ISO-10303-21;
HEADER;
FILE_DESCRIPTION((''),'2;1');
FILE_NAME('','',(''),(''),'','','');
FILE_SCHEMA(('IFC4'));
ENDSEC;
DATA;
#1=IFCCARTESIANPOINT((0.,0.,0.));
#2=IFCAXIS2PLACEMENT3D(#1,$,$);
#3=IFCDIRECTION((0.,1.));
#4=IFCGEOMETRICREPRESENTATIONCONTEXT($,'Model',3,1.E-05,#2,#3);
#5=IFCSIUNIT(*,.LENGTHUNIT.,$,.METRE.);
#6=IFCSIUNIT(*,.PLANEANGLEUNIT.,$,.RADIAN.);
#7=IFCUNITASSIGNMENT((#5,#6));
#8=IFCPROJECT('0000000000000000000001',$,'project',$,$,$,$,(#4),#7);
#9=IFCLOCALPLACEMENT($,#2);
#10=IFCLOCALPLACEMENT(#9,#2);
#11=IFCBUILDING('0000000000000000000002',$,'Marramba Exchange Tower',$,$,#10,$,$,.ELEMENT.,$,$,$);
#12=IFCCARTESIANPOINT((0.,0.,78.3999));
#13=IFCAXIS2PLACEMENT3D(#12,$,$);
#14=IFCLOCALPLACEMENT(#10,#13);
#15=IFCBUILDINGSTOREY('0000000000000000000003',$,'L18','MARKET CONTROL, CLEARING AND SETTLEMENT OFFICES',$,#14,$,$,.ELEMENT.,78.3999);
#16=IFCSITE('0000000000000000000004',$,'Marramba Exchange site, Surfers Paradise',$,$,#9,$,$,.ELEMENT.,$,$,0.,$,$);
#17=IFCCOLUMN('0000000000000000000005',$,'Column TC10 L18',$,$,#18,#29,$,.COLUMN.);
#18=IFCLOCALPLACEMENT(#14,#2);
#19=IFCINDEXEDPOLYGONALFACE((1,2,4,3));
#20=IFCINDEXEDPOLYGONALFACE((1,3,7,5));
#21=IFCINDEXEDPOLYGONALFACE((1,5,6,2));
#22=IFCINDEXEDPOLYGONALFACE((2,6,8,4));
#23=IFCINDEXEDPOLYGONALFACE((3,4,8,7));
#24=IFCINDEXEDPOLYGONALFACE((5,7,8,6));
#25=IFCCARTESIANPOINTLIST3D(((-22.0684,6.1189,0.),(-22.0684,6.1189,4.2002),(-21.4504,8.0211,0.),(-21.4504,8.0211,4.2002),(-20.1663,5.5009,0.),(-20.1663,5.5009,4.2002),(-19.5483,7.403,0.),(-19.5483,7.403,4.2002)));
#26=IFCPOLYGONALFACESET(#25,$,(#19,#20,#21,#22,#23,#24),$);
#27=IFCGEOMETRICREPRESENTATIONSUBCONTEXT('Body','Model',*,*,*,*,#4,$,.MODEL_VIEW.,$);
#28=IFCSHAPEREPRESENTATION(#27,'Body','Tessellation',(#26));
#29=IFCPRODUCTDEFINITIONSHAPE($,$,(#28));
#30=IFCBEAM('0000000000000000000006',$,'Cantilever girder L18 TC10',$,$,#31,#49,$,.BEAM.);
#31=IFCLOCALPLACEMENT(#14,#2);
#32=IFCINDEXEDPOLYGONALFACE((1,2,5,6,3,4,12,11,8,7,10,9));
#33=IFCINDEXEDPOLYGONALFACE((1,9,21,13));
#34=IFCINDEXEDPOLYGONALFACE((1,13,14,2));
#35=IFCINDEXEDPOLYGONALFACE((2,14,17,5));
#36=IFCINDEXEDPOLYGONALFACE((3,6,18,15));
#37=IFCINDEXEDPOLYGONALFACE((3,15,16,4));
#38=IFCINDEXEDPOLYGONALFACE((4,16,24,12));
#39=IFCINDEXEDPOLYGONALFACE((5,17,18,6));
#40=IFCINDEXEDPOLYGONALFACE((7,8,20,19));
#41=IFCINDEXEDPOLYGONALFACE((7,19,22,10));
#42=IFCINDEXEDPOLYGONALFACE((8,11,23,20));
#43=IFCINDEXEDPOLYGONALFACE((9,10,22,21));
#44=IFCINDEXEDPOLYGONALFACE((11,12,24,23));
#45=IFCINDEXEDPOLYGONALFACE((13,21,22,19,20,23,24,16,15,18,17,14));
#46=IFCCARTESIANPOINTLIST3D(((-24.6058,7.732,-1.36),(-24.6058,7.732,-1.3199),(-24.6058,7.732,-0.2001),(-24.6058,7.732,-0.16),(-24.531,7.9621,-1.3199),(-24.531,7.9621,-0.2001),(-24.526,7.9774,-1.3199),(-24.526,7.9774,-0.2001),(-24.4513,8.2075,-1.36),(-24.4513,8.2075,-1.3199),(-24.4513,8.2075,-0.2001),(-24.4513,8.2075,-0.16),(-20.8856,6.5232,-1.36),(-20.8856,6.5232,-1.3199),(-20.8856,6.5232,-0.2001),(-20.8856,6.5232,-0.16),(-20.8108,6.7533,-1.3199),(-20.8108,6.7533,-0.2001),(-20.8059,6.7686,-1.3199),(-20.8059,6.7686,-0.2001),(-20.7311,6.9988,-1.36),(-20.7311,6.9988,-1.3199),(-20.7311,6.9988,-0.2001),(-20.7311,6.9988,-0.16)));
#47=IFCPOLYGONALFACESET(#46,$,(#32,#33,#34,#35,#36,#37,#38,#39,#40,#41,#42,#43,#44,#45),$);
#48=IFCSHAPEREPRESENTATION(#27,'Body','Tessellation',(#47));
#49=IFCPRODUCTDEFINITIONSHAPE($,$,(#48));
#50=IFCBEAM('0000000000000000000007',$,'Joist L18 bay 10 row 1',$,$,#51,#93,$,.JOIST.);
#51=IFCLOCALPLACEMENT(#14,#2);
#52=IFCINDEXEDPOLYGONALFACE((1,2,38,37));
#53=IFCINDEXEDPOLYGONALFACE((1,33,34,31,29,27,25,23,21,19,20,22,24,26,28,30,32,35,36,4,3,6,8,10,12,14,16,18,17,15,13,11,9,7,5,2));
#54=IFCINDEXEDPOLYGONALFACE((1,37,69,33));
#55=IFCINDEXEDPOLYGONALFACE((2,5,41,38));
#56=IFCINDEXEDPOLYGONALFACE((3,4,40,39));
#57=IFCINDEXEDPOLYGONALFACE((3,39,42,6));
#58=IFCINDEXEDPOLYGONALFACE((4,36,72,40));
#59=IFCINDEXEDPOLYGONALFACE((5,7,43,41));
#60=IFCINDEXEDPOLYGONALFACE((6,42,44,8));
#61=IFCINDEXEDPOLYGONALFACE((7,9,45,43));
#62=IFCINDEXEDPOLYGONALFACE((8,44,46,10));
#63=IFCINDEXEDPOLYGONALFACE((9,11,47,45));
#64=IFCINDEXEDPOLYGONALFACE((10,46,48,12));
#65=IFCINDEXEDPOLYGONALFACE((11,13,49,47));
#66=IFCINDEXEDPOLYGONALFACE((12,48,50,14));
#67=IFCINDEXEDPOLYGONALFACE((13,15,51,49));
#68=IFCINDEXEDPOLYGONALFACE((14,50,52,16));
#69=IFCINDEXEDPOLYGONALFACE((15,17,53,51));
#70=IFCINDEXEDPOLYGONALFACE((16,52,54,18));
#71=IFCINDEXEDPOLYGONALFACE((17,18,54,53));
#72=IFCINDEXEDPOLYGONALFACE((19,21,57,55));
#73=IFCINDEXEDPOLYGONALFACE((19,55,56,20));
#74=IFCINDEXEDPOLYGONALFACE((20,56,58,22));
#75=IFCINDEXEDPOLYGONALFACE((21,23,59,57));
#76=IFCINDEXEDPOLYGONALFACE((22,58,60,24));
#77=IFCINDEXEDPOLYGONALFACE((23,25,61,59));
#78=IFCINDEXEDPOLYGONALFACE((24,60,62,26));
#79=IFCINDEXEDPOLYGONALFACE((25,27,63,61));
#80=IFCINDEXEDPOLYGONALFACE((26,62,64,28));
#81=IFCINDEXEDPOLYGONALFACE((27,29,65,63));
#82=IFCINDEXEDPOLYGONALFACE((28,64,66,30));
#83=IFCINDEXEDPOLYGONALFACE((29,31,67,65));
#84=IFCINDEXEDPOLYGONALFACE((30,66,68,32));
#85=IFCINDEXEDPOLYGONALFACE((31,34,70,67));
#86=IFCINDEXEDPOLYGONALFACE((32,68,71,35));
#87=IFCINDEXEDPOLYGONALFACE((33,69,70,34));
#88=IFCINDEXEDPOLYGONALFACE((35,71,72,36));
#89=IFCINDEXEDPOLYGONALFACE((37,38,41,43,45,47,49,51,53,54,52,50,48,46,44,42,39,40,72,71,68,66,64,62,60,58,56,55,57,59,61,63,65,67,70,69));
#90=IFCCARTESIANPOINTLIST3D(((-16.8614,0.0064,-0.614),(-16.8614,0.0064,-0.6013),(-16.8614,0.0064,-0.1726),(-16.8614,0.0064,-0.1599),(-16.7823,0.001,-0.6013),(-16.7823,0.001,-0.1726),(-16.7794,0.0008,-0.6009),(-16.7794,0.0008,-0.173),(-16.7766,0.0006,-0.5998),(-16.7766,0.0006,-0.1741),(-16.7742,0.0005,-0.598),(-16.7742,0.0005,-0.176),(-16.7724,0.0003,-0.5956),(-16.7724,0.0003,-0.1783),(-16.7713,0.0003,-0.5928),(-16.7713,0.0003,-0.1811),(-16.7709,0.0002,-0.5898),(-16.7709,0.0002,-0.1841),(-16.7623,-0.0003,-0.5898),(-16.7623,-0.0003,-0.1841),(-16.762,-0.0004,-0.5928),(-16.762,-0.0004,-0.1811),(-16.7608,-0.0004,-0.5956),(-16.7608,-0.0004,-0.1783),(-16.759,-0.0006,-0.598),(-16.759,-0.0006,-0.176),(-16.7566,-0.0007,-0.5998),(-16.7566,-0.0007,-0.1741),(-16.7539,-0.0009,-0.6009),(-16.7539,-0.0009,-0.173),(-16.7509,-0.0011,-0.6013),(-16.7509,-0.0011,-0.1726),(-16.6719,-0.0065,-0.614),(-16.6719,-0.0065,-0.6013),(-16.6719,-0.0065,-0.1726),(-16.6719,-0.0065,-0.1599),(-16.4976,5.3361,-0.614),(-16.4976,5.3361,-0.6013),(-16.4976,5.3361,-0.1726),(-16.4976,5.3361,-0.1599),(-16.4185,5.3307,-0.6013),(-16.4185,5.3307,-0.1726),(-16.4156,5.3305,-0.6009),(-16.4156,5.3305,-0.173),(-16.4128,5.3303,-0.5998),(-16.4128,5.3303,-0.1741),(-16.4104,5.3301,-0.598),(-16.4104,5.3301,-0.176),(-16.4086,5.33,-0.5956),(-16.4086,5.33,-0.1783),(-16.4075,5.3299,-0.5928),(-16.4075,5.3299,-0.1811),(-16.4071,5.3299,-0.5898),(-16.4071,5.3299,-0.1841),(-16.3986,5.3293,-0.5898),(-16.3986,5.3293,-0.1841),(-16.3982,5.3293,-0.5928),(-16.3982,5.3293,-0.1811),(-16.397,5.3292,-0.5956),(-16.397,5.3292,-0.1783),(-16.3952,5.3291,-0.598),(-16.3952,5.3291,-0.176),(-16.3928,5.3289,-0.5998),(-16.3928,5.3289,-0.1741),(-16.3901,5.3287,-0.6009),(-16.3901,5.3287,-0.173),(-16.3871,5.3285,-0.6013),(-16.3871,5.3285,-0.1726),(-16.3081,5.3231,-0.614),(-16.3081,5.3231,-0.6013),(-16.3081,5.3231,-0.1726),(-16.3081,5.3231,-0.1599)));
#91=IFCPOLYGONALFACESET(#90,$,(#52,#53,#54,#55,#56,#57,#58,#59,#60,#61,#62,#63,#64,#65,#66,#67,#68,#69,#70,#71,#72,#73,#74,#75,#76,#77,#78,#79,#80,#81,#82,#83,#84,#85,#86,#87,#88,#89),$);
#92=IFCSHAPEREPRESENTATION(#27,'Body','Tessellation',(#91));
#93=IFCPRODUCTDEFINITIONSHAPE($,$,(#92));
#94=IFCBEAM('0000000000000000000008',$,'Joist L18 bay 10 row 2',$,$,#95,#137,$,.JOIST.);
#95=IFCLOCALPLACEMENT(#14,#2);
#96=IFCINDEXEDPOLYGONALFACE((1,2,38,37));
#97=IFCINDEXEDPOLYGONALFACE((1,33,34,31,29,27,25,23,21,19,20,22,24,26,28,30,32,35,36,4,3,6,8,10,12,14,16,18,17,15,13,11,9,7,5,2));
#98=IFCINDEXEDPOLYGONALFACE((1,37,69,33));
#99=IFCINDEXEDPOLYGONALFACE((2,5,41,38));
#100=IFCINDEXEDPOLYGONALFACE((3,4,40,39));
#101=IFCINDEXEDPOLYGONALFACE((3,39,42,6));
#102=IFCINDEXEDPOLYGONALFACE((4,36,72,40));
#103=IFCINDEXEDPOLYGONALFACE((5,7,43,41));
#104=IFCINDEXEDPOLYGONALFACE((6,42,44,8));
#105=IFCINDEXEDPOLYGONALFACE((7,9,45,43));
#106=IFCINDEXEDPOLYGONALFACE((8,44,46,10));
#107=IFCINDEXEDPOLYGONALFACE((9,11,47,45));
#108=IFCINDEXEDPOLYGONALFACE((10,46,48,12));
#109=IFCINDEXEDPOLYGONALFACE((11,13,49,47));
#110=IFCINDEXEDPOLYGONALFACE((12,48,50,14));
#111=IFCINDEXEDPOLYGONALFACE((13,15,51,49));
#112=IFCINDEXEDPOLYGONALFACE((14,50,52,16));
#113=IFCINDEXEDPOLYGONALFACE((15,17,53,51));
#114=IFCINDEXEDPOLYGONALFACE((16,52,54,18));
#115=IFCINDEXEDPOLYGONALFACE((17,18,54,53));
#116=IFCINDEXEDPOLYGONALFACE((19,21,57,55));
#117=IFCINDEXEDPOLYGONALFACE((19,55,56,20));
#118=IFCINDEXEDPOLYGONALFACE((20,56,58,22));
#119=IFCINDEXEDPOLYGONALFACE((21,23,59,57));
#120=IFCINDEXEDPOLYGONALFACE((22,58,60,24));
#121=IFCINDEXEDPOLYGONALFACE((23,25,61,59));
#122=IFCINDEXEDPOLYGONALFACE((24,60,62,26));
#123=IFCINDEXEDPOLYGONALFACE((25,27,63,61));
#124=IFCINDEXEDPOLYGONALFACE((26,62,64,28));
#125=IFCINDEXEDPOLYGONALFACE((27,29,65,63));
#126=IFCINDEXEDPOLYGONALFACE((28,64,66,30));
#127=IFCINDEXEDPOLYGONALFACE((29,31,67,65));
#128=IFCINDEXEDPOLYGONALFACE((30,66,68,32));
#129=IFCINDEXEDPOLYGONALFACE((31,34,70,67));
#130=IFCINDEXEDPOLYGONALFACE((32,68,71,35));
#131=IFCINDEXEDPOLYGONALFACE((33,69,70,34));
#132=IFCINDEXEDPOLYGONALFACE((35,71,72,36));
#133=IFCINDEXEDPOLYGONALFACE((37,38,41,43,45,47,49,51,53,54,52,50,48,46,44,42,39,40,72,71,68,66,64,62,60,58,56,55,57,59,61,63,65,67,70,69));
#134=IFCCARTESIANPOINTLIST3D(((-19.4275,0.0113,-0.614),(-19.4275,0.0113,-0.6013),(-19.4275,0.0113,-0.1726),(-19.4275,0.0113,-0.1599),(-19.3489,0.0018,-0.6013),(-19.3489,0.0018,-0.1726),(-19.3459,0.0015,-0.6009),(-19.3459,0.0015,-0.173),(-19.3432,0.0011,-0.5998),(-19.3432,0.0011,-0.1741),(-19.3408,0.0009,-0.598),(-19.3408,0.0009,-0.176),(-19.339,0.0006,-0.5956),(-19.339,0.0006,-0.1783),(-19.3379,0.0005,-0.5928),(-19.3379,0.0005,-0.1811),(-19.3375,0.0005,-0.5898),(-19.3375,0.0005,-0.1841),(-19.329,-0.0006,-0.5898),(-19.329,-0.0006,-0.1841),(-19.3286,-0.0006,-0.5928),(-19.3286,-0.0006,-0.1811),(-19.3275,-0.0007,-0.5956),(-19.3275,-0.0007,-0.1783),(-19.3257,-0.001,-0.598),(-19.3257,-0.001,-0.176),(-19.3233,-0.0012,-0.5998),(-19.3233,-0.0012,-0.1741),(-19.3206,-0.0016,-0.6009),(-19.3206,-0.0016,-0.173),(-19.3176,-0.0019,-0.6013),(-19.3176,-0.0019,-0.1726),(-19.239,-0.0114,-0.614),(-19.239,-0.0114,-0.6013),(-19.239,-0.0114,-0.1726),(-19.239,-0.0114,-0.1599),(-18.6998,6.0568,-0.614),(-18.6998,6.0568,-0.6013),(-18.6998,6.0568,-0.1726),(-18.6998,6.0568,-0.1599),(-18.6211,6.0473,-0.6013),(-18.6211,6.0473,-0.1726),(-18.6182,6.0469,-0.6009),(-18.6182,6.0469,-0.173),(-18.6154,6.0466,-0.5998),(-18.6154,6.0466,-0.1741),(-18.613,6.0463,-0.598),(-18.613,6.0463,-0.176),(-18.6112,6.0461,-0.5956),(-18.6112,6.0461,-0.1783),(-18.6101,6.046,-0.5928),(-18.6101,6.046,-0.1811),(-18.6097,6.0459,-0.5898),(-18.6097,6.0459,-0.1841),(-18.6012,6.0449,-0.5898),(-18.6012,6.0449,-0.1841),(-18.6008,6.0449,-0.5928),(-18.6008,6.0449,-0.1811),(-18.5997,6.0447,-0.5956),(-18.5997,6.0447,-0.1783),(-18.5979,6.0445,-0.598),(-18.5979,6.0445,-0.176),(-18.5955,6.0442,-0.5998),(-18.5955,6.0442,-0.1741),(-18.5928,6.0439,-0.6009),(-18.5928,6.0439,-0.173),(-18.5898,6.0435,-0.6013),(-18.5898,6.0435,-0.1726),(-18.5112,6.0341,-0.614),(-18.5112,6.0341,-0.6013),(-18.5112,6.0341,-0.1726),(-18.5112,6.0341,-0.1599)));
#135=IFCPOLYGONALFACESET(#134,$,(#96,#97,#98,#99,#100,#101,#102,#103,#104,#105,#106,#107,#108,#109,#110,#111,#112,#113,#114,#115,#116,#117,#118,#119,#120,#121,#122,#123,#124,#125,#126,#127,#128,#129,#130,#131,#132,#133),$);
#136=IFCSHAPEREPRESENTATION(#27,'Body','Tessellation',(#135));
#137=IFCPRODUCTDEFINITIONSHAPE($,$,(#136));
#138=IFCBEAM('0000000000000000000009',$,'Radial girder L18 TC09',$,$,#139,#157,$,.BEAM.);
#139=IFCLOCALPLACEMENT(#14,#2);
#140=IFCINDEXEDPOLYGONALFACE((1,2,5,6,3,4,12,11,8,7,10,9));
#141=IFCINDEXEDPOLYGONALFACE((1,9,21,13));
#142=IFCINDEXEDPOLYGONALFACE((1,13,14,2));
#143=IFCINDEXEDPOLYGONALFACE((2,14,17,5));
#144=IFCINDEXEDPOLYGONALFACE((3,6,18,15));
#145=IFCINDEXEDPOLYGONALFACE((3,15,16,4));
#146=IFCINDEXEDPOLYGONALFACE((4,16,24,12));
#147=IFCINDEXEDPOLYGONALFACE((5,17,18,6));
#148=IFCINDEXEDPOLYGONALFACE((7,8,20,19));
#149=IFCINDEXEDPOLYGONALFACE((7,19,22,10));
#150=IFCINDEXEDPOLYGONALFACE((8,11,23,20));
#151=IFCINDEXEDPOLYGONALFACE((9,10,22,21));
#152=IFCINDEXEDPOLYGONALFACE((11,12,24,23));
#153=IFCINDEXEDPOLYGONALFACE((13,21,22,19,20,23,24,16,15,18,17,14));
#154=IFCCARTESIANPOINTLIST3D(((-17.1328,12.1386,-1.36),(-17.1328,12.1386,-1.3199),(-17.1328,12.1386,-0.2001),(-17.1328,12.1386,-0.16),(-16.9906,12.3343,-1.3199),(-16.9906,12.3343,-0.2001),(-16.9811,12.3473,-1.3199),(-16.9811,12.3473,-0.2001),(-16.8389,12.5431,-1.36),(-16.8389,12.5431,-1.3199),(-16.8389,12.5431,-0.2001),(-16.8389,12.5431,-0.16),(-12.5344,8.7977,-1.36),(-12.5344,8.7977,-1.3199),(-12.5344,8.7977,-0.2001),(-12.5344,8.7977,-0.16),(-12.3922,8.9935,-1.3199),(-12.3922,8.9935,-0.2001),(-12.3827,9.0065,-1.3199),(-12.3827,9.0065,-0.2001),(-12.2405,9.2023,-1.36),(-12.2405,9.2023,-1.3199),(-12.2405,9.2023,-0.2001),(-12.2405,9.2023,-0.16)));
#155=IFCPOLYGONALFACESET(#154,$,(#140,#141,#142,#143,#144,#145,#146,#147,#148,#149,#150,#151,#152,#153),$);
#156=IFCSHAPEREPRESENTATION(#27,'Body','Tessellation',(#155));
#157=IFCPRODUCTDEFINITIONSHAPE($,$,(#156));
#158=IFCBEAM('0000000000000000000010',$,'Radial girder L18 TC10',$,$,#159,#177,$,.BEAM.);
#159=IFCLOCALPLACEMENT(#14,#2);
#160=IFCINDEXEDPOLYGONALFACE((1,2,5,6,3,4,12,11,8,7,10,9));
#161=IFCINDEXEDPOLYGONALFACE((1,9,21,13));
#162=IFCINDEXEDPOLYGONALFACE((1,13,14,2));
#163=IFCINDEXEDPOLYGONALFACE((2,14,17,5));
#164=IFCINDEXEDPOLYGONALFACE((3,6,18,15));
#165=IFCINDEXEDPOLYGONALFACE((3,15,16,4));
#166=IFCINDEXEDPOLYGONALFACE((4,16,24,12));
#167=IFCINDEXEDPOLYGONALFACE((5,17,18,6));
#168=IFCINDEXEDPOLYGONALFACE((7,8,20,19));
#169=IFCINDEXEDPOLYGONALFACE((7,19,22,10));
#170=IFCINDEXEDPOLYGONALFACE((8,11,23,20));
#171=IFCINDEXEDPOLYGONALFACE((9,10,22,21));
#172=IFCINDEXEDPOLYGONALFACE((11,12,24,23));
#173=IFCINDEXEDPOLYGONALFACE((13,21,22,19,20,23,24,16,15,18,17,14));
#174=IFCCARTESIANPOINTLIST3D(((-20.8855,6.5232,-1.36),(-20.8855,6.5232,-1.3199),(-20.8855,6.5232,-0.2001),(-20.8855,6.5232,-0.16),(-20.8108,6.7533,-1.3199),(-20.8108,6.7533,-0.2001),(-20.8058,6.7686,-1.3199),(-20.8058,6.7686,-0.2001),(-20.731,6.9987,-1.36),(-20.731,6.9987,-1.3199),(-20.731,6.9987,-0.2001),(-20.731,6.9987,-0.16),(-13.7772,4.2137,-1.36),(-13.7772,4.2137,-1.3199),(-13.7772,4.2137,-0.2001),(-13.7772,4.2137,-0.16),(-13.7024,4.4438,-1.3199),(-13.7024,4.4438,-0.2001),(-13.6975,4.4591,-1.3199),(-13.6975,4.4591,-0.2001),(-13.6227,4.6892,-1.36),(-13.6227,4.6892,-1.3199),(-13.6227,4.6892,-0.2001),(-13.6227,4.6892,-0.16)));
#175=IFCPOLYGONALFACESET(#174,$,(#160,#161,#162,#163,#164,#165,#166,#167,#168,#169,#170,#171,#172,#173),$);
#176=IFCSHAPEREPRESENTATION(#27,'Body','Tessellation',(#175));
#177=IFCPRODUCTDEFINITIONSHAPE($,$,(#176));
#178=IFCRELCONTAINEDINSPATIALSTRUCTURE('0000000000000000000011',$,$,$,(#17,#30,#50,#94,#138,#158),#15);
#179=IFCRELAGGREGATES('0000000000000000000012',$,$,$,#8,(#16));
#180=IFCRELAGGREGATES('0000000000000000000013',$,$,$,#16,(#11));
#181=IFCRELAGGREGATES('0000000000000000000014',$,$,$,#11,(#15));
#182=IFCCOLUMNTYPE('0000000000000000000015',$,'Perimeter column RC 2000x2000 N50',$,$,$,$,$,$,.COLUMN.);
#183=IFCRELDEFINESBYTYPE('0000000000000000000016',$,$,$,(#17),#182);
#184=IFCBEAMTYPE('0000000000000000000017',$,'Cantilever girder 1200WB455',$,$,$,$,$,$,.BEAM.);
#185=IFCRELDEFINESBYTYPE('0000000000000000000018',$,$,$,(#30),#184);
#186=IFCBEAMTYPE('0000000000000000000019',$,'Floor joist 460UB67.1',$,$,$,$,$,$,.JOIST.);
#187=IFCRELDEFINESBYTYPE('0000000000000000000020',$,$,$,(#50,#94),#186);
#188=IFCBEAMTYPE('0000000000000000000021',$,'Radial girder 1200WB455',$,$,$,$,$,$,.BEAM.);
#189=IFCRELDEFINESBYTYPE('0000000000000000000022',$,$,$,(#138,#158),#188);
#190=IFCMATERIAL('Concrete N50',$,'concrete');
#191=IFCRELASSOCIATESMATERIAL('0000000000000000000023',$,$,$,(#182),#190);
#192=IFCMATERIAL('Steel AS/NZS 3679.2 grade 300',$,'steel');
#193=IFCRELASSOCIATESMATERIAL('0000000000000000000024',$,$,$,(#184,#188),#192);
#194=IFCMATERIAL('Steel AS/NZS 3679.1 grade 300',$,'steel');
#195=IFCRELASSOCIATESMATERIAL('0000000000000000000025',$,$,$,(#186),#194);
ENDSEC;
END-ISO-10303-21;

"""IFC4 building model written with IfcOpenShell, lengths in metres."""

from ifc_helpers import new_model, si_unit, direction, frame, origin, origin_2d, place, context, subcontext, project, spatial, rectangle, i_section, extrude, material, material_profile, profile_set, type_object, element, save


model = new_model("IFC4")

# Units and contexts
model_context = context("Model", 3, precision=1e-05, world=origin(), true_north=direction((0.0, 1.0)))
body_context = subcontext(model_context, "Body", "Model", "MODEL_VIEW")
ifc_project = project(units=[si_unit("LENGTHUNIT", "METRE"), si_unit("PLANEANGLEUNIT", "RADIAN")], contexts=[model_context])

# Site, building, storey
site_placement = place(None, origin())
site = spatial("IfcSite", under=ifc_project, at=site_placement, Name="Marramba Exchange site, Surfers Paradise", CompositionType="ELEMENT", RefElevation=0.0)
building_placement = place(site_placement, origin())
building = spatial("IfcBuilding", under=site, at=building_placement, Name="Marramba Exchange Tower", CompositionType="ELEMENT")
storey_placement = place(building_placement, frame((0.0, 0.0, 78.3999)))
storey = spatial("IfcBuildingStorey", under=building, at=storey_placement, Name="L18", Description="MARKET CONTROL, CLEARING AND SETTLEMENT OFFICES", CompositionType="ELEMENT", Elevation=78.3999)

# Column
ifc_material_1 = material(Name="Concrete N50", Category="concrete")
ifc_material_profile_1 = material_profile(ifc_material_1, rectangle(XDim=2.0, YDim=2.0, at=origin_2d()), Name="RC 2000x2000")
ifc_profile_set_1 = profile_set([ifc_material_profile_1], Name="Concrete N50")
column_type = type_object("IfcColumnType", Name="Perimeter column RC 2000x2000 N50", PredefinedType="COLUMN", material=ifc_profile_set_1)
column_placement = place(storey_placement, frame((-20.8083, 6.761, 0.0), z_axis=(0.0, 0.0, 1.0), x_axis=(-0.951057, 0.309017, 0.0)))
element("IfcColumn", 1, at=column_placement, inside=storey, type_object=column_type, Name="Column TC10 L18", PredefinedType="COLUMN", context=body_context, shape_type="SweptSolid", body=[
    extrude(rectangle(XDim=2.0, YDim=2.0, at=origin_2d()), origin(), (0.0, 0.0, 1.0), 4.2002),
])

# Beams
ifc_material_2 = material(Name="Steel AS/NZS 3679.2 grade 300", Category="steel")
ifc_material_profile_2 = material_profile(ifc_material_2, i_section(OverallWidth=0.5, OverallDepth=1.2, WebThickness=0.0161, FlangeThickness=0.04, at=origin_2d()), Name="1200WB455")
ifc_profile_set_2 = profile_set([ifc_material_profile_2], Name="Steel AS/NZS 3679.2 grade 300")
beam_type_1 = type_object("IfcBeamType", Name="Cantilever girder 1200WB455", PredefinedType="BEAM", material=ifc_profile_set_2)
beam_1_placement = place(storey_placement, frame((-20.8083, 6.761, -0.76), z_axis=(-0.951059, 0.30901, 0.0), x_axis=(-0.30901, -0.951059, 0.0)))
element("IfcBeam", 2, at=beam_1_placement, inside=storey, type_object=beam_type_1, Name="Cantilever girder L18 TC10", PredefinedType="BEAM", context=body_context, shape_type="SweptSolid", body=[
    extrude(i_section(OverallWidth=0.5, OverallDepth=1.2, WebThickness=0.0161, FlangeThickness=0.04, at=origin_2d()), origin(), (0.0, 0.0, 1.0), 3.9116),
])
ifc_material_3 = material(Name="Steel AS/NZS 3679.1 grade 300", Category="steel")
ifc_material_profile_3 = material_profile(ifc_material_3, i_section(OverallWidth=0.1899, OverallDepth=0.4541, WebThickness=0.0085, FlangeThickness=0.0127, FilletRadius=0.0115, at=origin_2d()), Name="460UB67.1")
ifc_profile_set_3 = profile_set([ifc_material_profile_3], Name="Steel AS/NZS 3679.1 grade 300")
beam_type_2 = type_object("IfcBeamType", Name="Floor joist 460UB67.1", PredefinedType="JOIST", material=ifc_profile_set_3)
beam_2_placement = place(storey_placement, frame((-16.4028, 5.3296, -0.387), z_axis=(-0.068096, -0.997679, 0.0), x_axis=(0.997679, -0.068096, 0.0)))
element("IfcBeam", 3, at=beam_2_placement, inside=storey, type_object=beam_type_2, Name="Joist L18 bay 10 row 1", PredefinedType="JOIST", context=body_context, shape_type="SweptSolid", body=[
    extrude(i_section(OverallWidth=0.1899, OverallDepth=0.4541, WebThickness=0.0085, FlangeThickness=0.0127, FilletRadius=0.0115, at=origin_2d()), origin(), (0.0, 0.0, 1.0), 5.342),
])
beam_3_placement = place(storey_placement, frame((-18.6055, 6.0454, -0.387), z_axis=(-0.119523, -0.992831, 0.0), x_axis=(0.992831, -0.119523, 0.0)))
element("IfcBeam", 4, at=beam_3_placement, inside=storey, type_object=beam_type_2, Name="Joist L18 bay 10 row 2", PredefinedType="JOIST", context=body_context, shape_type="SweptSolid", body=[
    extrude(i_section(OverallWidth=0.1899, OverallDepth=0.4541, WebThickness=0.0085, FlangeThickness=0.0127, FilletRadius=0.0115, at=origin_2d()), origin(), (0.0, 0.0, 1.0), 6.0891),
])
ifc_material_profile_4 = material_profile(ifc_material_2, i_section(OverallWidth=0.5, OverallDepth=1.2, WebThickness=0.0161, FlangeThickness=0.04, at=origin_2d()), Name="1200WB455")
ifc_profile_set_4 = profile_set([ifc_material_profile_4], Name="Steel AS/NZS 3679.2 grade 300")
beam_type_3 = type_object("IfcBeamType", Name="Radial girder 1200WB455", PredefinedType="BEAM", material=ifc_profile_set_4)
beam_4_placement = place(storey_placement, frame((-12.3875, 9.0, -0.76), z_axis=(-0.809026, 0.587773, 0.0), x_axis=(-0.587773, -0.809026, 0.0)))
element("IfcBeam", 5, at=beam_4_placement, inside=storey, type_object=beam_type_3, Name="Radial girder L18 TC09", PredefinedType="BEAM", context=body_context, shape_type="SweptSolid", body=[
    extrude(i_section(OverallWidth=0.5, OverallDepth=1.2, WebThickness=0.0161, FlangeThickness=0.04, at=origin_2d()), origin(), (0.0, 0.0, 1.0), 5.6838),
])
beam_5_placement = place(storey_placement, frame((-13.7, 4.4514, -0.76), z_axis=(-0.95106, 0.309006, 0.0), x_axis=(-0.309006, -0.95106, 0.0)))
element("IfcBeam", 6, at=beam_5_placement, inside=storey, type_object=beam_type_3, Name="Radial girder L18 TC10", PredefinedType="BEAM", context=body_context, shape_type="SweptSolid", body=[
    extrude(i_section(OverallWidth=0.5, OverallDepth=1.2, WebThickness=0.0161, FlangeThickness=0.04, at=origin_2d()), origin(), (0.0, 0.0, 1.0), 7.4741),
])

save(model, "model.ifc")
